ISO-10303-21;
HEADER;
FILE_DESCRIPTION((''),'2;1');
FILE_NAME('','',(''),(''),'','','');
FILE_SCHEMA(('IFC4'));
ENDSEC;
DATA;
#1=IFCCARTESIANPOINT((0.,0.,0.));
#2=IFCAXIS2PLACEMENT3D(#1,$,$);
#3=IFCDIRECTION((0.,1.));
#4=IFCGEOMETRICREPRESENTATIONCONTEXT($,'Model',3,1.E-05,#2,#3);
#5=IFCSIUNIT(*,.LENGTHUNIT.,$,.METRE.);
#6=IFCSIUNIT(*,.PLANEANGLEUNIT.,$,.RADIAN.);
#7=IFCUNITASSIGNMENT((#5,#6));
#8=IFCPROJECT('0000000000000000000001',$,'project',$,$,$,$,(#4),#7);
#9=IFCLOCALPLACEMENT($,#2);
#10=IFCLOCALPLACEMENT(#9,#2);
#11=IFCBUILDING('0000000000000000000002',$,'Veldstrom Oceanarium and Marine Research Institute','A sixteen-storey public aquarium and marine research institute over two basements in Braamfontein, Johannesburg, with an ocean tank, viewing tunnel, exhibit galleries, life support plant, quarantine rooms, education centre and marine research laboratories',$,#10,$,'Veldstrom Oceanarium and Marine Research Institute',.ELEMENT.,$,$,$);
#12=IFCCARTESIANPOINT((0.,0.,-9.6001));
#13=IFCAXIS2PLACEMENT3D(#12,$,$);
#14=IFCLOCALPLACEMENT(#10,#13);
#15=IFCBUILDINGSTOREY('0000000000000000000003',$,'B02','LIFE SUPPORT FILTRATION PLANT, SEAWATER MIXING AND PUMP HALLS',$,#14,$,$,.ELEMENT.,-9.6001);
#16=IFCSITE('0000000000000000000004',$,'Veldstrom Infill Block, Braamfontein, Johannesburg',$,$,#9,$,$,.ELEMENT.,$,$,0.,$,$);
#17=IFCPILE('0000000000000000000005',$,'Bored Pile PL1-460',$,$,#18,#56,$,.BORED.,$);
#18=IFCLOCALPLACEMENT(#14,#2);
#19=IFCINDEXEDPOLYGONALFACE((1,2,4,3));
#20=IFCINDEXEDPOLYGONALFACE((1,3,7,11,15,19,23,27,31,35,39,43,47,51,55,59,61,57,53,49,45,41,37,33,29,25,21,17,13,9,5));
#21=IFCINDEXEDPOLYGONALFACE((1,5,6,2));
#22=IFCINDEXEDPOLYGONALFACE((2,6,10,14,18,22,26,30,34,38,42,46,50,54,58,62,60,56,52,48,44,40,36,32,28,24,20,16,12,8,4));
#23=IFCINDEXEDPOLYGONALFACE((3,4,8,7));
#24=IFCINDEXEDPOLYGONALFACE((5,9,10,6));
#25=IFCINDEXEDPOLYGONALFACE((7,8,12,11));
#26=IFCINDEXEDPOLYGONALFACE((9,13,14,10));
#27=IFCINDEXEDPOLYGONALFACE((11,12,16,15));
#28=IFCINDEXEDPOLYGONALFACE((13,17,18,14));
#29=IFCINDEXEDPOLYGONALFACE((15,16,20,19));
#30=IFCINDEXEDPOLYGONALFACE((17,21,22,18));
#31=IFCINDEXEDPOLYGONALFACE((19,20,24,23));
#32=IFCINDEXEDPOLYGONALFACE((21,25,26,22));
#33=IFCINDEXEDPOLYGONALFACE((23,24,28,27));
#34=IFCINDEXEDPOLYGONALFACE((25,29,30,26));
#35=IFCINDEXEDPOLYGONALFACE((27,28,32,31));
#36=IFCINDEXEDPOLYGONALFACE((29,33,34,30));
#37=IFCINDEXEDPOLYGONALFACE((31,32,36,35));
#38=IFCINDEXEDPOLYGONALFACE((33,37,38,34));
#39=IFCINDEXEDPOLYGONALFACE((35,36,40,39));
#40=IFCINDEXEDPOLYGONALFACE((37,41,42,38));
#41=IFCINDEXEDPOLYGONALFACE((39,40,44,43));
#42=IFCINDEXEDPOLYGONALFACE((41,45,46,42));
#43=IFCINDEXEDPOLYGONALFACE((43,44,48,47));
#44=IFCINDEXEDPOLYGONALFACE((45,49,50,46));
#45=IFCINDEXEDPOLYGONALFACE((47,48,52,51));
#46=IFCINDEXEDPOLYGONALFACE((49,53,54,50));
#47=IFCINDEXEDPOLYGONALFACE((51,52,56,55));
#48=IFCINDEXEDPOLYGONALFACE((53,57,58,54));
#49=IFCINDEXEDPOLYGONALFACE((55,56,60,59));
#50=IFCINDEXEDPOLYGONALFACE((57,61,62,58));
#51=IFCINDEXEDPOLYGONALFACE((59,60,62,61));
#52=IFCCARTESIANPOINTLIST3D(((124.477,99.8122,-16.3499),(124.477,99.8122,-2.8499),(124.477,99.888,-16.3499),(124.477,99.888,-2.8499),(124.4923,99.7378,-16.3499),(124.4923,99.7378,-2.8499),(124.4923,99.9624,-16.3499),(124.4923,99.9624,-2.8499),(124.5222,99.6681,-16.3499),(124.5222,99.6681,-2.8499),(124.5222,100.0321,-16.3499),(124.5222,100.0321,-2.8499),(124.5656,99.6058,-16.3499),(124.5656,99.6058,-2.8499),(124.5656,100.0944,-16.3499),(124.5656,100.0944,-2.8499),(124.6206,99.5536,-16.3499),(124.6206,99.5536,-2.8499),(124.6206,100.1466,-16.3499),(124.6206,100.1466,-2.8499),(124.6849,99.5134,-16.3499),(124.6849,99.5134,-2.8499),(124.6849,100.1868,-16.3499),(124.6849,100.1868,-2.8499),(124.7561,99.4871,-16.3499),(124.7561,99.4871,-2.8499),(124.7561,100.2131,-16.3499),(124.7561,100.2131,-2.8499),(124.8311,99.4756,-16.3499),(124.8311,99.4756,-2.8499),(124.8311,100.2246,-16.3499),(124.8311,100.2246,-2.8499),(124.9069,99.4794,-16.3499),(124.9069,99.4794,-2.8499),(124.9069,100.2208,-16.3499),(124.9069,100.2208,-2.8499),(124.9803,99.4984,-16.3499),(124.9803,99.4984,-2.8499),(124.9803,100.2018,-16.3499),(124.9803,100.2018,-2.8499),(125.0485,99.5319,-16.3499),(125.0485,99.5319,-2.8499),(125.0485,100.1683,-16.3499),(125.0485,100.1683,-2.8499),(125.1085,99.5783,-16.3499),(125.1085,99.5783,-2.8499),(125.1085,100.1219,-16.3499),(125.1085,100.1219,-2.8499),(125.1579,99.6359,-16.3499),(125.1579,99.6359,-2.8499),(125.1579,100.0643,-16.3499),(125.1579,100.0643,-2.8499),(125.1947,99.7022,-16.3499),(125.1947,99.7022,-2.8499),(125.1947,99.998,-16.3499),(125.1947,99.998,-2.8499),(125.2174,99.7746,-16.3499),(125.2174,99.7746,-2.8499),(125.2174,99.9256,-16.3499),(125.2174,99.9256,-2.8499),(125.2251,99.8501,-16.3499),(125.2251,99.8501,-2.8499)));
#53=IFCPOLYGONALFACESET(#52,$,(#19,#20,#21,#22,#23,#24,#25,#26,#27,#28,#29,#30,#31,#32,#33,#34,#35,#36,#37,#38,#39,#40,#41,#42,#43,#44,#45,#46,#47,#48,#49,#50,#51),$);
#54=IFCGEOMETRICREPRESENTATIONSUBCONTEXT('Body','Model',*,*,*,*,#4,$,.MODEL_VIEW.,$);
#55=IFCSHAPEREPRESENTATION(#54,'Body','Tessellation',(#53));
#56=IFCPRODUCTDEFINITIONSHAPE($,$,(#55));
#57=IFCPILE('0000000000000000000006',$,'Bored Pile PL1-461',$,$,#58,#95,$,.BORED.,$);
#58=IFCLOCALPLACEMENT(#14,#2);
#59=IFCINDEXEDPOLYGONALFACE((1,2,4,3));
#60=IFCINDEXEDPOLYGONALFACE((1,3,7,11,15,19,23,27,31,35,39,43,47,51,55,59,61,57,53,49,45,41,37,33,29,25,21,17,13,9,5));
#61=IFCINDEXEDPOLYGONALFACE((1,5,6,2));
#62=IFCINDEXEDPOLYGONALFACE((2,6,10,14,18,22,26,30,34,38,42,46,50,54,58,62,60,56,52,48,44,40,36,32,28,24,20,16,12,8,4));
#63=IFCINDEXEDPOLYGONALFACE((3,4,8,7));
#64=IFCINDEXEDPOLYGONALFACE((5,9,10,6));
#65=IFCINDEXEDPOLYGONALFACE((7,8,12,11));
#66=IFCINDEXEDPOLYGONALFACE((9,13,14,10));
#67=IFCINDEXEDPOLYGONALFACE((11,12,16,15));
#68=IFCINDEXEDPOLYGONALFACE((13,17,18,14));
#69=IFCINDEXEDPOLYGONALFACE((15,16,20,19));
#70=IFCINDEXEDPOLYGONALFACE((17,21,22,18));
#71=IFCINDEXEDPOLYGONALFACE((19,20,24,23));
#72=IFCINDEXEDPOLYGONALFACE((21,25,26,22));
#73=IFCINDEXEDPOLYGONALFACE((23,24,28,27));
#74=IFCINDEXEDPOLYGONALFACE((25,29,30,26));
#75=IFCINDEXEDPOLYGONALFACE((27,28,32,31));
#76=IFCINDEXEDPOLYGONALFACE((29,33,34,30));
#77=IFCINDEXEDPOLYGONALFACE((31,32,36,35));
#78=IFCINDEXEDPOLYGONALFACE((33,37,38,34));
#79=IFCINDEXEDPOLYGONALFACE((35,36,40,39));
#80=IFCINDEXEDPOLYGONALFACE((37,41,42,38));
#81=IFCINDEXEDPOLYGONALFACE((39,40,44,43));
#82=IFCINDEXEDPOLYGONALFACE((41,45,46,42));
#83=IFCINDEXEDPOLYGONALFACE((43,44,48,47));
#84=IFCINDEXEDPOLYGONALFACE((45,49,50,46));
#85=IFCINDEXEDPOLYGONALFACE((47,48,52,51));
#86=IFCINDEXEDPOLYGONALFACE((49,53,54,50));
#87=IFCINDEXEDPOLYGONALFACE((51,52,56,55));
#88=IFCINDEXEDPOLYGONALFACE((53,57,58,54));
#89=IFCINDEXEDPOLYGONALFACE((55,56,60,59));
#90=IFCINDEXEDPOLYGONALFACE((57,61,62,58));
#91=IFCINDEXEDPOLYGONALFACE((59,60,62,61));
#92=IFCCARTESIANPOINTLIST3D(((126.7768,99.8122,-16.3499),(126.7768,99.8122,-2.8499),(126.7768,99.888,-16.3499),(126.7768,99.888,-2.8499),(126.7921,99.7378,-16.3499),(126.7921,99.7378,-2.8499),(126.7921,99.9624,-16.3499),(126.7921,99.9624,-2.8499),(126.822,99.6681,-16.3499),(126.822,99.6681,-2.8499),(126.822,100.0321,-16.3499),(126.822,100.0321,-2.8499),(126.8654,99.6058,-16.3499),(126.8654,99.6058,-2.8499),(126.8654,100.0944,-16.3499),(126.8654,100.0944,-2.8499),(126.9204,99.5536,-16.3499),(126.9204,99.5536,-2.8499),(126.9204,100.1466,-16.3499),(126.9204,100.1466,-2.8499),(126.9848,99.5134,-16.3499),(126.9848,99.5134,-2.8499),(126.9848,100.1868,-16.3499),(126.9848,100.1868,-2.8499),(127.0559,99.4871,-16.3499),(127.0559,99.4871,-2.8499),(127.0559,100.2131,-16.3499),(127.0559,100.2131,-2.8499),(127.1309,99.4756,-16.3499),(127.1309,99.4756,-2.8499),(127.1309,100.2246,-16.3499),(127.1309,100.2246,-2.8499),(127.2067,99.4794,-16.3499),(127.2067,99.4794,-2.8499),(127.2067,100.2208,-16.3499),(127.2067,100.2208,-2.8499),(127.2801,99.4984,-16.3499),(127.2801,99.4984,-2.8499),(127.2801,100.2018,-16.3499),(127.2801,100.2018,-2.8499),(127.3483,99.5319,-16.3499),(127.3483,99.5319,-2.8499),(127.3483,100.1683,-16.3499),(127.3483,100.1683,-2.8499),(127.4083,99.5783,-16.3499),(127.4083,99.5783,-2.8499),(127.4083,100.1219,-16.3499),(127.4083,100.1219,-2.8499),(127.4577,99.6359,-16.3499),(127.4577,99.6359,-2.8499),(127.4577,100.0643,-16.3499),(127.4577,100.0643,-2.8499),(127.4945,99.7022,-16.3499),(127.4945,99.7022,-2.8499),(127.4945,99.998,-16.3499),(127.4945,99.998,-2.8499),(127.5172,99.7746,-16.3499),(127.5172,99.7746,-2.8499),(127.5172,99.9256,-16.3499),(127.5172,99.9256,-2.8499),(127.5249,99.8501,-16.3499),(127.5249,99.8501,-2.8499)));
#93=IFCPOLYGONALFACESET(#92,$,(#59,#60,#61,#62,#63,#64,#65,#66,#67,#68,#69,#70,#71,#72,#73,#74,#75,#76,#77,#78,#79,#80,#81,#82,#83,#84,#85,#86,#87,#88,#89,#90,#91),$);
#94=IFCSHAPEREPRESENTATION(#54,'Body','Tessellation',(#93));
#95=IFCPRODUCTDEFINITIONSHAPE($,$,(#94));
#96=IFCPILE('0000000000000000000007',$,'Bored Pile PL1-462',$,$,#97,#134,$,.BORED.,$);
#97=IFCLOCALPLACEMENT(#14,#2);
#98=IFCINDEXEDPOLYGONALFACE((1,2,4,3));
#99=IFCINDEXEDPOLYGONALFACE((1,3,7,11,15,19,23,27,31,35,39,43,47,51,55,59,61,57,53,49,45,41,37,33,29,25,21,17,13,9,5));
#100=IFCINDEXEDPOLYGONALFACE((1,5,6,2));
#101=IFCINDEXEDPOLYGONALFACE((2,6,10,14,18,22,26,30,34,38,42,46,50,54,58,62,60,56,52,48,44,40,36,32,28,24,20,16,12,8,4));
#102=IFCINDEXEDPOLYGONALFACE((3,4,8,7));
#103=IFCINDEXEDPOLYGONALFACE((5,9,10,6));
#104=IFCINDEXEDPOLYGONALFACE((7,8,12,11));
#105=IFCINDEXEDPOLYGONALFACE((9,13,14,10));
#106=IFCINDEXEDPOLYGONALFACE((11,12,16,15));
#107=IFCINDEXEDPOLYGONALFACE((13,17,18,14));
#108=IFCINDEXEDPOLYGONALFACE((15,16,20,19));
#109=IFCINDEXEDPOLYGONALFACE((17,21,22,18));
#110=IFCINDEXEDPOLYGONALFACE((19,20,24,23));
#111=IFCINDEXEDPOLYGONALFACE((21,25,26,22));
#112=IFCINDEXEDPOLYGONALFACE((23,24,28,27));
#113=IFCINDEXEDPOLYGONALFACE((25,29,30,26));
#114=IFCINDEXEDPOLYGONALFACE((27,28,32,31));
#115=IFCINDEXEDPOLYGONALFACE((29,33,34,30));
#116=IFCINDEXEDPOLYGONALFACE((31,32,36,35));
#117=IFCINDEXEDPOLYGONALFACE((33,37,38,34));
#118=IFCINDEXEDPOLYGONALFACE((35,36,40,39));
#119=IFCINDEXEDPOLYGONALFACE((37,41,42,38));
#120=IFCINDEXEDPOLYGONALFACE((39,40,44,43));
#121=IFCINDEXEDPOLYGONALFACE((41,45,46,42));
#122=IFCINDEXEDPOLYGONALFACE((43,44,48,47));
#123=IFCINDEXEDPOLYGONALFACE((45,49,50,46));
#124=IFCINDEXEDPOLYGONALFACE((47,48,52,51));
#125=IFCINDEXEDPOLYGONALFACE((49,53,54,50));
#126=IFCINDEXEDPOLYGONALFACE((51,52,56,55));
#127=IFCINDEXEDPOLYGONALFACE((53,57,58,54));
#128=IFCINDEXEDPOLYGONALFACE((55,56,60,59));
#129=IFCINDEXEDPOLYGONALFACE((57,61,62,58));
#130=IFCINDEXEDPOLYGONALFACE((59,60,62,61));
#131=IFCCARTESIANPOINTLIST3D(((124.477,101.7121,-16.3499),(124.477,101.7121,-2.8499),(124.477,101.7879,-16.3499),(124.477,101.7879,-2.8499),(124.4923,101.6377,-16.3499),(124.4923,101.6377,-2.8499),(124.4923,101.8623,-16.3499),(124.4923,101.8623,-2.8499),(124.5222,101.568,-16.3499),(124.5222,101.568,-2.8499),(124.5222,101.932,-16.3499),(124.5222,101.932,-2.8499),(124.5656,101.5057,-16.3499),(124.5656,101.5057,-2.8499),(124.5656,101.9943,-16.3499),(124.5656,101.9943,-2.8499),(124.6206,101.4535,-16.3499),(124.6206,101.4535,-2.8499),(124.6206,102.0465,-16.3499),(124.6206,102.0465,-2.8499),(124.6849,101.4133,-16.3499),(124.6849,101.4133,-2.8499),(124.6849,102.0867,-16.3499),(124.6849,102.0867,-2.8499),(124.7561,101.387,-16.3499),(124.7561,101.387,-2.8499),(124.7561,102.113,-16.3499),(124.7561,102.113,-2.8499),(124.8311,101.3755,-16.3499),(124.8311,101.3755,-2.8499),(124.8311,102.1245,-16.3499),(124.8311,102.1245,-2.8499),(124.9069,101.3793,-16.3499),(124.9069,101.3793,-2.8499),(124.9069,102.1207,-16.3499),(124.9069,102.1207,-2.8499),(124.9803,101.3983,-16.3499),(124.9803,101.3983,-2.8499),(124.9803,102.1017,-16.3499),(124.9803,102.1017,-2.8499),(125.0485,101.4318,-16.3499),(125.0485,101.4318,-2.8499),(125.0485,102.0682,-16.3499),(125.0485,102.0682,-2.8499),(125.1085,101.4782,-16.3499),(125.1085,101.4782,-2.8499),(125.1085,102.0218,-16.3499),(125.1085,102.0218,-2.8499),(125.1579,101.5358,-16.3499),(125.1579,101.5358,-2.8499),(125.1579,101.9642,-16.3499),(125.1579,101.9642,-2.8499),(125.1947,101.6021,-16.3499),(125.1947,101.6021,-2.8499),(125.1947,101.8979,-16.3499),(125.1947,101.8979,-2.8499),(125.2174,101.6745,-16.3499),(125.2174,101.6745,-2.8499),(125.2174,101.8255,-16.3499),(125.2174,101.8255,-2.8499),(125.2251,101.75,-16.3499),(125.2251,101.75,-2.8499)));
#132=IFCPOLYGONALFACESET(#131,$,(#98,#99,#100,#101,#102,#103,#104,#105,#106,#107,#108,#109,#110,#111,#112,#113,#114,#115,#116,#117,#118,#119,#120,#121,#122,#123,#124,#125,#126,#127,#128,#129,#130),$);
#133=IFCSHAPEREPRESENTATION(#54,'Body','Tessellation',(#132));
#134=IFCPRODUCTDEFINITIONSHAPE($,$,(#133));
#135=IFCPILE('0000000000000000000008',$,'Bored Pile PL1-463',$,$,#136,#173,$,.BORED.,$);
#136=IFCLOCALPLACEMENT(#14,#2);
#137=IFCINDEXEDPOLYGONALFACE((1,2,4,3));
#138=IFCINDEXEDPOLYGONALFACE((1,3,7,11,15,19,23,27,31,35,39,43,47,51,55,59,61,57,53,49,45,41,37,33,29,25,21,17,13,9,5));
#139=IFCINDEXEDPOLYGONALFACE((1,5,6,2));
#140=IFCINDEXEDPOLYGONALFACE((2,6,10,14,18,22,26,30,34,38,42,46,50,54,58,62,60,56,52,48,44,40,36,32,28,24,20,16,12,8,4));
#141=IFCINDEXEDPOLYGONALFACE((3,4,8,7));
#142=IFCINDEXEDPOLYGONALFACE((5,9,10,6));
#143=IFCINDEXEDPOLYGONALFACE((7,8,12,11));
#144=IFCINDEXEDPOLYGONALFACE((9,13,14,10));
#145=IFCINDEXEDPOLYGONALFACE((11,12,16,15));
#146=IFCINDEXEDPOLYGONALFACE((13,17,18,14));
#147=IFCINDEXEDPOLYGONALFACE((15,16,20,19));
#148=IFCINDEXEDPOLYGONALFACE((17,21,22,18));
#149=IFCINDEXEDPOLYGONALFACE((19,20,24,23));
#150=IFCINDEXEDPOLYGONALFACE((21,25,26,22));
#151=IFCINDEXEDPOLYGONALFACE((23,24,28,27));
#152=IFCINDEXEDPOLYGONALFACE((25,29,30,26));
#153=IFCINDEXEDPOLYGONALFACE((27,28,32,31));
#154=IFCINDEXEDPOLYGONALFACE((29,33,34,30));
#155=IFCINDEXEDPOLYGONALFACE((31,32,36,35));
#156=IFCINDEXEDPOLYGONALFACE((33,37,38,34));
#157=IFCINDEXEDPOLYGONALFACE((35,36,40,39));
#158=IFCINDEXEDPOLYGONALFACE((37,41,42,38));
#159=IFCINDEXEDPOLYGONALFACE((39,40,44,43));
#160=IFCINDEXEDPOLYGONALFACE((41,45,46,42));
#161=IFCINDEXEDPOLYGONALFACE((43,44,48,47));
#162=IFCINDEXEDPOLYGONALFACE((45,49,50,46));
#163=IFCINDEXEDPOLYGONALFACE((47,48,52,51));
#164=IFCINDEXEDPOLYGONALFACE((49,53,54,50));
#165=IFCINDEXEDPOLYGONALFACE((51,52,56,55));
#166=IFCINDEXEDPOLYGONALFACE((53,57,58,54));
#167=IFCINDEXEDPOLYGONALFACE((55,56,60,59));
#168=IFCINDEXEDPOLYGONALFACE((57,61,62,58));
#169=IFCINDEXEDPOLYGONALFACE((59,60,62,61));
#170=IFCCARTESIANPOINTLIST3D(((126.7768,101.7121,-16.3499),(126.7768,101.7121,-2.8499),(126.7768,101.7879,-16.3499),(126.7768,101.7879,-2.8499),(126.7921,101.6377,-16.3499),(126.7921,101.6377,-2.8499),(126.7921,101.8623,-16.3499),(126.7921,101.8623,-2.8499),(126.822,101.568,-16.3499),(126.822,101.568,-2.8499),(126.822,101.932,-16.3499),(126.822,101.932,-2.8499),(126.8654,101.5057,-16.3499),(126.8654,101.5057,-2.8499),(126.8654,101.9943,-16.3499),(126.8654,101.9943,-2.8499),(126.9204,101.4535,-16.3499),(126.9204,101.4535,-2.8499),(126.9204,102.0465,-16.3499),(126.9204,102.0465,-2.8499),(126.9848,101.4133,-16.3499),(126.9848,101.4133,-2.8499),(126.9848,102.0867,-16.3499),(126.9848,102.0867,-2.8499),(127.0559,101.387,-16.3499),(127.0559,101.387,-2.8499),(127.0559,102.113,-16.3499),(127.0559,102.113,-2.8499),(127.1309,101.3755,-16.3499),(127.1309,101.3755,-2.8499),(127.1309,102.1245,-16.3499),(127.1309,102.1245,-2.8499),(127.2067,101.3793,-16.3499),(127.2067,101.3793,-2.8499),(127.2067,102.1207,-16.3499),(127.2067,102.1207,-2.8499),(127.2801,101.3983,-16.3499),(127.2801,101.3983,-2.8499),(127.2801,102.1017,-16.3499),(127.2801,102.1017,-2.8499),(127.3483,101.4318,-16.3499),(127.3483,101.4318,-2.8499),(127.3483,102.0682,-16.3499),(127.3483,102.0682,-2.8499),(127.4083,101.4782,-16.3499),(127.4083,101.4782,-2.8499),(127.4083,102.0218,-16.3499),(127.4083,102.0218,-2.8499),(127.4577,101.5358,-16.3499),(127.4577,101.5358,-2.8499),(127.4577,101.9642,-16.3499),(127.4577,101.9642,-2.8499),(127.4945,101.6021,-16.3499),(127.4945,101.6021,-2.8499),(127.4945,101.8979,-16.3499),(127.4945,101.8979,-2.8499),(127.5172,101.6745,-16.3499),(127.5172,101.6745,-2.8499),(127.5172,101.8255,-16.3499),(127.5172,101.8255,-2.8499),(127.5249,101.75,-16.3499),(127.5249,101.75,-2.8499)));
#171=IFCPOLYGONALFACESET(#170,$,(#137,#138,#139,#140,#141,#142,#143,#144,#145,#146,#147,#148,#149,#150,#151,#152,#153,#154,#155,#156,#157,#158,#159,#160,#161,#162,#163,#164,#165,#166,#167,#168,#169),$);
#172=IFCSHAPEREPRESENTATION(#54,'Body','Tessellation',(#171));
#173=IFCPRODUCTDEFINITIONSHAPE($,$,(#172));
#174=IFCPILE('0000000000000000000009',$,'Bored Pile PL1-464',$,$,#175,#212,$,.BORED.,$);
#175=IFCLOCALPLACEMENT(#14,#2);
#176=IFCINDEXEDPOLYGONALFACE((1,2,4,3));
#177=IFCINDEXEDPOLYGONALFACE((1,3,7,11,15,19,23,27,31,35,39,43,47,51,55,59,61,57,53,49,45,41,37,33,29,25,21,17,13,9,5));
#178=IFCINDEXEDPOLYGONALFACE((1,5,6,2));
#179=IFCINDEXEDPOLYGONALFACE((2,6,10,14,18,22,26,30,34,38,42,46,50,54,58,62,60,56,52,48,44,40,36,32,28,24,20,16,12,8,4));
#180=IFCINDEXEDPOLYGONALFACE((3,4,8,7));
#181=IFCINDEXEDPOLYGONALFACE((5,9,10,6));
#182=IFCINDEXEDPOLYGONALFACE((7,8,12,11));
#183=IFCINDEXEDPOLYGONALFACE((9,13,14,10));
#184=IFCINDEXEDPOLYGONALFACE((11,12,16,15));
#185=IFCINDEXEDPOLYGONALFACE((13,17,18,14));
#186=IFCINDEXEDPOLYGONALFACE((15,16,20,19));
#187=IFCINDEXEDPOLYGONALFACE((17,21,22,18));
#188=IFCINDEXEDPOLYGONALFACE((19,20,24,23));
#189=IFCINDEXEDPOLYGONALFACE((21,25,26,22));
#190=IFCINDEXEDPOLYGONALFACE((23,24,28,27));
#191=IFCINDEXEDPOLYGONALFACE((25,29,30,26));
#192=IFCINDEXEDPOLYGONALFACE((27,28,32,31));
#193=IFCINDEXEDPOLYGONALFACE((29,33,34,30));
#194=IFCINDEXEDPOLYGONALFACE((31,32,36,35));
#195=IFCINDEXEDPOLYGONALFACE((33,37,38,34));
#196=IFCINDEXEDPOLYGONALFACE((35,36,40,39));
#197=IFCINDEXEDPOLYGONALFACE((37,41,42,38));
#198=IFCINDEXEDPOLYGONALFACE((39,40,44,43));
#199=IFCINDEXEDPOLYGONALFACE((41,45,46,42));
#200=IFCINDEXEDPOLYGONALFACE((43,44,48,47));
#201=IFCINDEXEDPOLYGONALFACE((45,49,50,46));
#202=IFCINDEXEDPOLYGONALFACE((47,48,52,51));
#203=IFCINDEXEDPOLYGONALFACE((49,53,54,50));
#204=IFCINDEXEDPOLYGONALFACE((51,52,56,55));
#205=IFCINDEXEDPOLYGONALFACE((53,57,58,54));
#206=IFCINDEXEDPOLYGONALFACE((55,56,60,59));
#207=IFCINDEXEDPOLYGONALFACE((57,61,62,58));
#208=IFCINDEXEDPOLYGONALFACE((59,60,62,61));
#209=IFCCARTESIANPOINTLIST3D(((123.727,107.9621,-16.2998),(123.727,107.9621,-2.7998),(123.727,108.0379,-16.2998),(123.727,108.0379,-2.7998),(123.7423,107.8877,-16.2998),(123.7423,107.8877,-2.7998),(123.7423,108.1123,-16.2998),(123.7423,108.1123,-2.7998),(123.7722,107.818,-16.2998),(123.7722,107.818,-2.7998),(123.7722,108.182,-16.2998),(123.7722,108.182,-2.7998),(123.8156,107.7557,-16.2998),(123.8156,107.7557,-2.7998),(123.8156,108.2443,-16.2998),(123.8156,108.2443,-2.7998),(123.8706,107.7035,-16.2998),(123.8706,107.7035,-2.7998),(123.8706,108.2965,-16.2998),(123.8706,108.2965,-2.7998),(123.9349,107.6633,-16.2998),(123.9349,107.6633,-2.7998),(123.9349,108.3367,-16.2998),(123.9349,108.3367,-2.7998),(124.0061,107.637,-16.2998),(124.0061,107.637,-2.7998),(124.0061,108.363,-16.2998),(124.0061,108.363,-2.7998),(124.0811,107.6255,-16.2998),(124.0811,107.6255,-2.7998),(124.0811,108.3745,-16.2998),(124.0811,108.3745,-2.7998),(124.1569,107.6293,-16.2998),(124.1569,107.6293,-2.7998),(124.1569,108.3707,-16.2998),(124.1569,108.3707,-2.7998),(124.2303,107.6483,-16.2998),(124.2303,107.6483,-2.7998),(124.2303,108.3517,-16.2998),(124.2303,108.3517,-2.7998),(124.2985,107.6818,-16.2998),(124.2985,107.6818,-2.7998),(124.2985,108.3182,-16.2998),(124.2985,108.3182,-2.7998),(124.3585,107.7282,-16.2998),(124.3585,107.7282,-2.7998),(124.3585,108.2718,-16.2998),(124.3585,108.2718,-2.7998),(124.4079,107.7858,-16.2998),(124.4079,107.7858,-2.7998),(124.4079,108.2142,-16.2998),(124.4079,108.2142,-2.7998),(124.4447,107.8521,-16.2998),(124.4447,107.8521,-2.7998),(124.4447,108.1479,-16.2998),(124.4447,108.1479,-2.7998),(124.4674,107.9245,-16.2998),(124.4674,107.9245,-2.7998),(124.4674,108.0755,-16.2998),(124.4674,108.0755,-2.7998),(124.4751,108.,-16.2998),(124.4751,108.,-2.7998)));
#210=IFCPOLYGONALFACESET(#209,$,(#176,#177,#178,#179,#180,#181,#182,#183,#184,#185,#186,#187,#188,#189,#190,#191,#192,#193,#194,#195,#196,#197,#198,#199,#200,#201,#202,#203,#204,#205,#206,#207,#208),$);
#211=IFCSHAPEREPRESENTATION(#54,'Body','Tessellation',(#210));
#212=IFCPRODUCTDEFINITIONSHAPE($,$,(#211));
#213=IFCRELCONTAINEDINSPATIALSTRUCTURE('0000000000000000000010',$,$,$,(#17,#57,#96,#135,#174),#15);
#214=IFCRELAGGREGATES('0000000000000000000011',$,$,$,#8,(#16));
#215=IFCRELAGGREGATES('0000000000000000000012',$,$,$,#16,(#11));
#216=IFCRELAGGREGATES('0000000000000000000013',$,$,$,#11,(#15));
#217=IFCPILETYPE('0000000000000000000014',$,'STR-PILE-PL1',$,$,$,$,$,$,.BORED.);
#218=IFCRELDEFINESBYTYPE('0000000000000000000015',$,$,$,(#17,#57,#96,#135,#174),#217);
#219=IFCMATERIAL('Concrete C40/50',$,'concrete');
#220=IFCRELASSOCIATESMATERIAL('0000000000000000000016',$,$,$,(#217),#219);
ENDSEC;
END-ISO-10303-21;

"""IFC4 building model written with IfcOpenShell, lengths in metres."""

from ifc_helpers import new_model, si_unit, direction, frame, origin, origin_2d, place, context, subcontext, project, spatial, circle, extrude, material, material_profile, profile_set, type_object, element, save


model = new_model("IFC4")

# Units and contexts
model_context = context("Model", 3, precision=1e-05, world=origin(), true_north=direction((0.0, 1.0)))
body_context = subcontext(model_context, "Body", "Model", "MODEL_VIEW")
ifc_project = project(units=[si_unit("LENGTHUNIT", "METRE"), si_unit("PLANEANGLEUNIT", "RADIAN")], contexts=[model_context])

# Site, building, storey
site_placement = place(None, origin())
site = spatial("IfcSite", under=ifc_project, at=site_placement, Name="Veldstrom Infill Block, Braamfontein, Johannesburg", CompositionType="ELEMENT", RefElevation=0.0)
building_placement = place(site_placement, origin())
building = spatial("IfcBuilding", under=site, at=building_placement, Name="Veldstrom Oceanarium and Marine Research Institute", Description="A sixteen-storey public aquarium and marine research institute over two basements in Braamfontein, Johannesburg, with an ocean tank, viewing tunnel, exhibit galleries, life support plant, quarantine rooms, education centre and marine research laboratories", LongName="Veldstrom Oceanarium and Marine Research Institute", CompositionType="ELEMENT")
storey_placement = place(building_placement, frame((0.0, 0.0, -9.6001)))
storey = spatial("IfcBuildingStorey", under=building, at=storey_placement, Name="B02", Description="LIFE SUPPORT FILTRATION PLANT, SEAWATER MIXING AND PUMP HALLS", CompositionType="ELEMENT", Elevation=-9.6001)

# Piles
ifc_material_1 = material(Name="Concrete C40/50", Category="concrete")
ifc_material_profile_1 = material_profile(ifc_material_1, circle(Radius=0.375, at=origin_2d()), Name="PILE-D750")
ifc_profile_set_1 = profile_set([ifc_material_profile_1], Name="Concrete C40/50")
pile_type = type_object("IfcPileType", Name="STR-PILE-PL1", PredefinedType="BORED", material=ifc_profile_set_1)
for number, where, z_axis, x_axis, name in (
    (1, (124.8501, 99.8501, -2.8499), (0.0, 0.0, -1.0), (1.0, 0.0, 0.0), "Bored Pile PL1-460"),
    (2, (127.1499, 99.8501, -2.8499), (0.0, 0.0, -1.0), (1.0, 0.0, 0.0), "Bored Pile PL1-461"),
    (3, (124.8501, 101.75, -2.8499), (0.0, 0.0, -1.0), (1.0, 0.0, 0.0), "Bored Pile PL1-462"),
    (4, (127.1499, 101.75, -2.8499), (0.0, 0.0, -1.0), (1.0, 0.0, 0.0), "Bored Pile PL1-463"),
    (5, (124.1001, 108.0, -2.7998), (0.0, 0.0, -1.0), (1.0, 0.0, 0.0), "Bored Pile PL1-464"),
):
    element("IfcPile", number, at=place(storey_placement, frame(where, z_axis=z_axis, x_axis=x_axis)), inside=storey, type_object=pile_type, Name=name, PredefinedType="BORED", context=body_context, shape_type="SweptSolid", body=[
        extrude(circle(Radius=0.375, at=origin_2d()), origin(), (0.0, 0.0, 1.0), 13.5),
    ])

save(model, "model.ifc")
